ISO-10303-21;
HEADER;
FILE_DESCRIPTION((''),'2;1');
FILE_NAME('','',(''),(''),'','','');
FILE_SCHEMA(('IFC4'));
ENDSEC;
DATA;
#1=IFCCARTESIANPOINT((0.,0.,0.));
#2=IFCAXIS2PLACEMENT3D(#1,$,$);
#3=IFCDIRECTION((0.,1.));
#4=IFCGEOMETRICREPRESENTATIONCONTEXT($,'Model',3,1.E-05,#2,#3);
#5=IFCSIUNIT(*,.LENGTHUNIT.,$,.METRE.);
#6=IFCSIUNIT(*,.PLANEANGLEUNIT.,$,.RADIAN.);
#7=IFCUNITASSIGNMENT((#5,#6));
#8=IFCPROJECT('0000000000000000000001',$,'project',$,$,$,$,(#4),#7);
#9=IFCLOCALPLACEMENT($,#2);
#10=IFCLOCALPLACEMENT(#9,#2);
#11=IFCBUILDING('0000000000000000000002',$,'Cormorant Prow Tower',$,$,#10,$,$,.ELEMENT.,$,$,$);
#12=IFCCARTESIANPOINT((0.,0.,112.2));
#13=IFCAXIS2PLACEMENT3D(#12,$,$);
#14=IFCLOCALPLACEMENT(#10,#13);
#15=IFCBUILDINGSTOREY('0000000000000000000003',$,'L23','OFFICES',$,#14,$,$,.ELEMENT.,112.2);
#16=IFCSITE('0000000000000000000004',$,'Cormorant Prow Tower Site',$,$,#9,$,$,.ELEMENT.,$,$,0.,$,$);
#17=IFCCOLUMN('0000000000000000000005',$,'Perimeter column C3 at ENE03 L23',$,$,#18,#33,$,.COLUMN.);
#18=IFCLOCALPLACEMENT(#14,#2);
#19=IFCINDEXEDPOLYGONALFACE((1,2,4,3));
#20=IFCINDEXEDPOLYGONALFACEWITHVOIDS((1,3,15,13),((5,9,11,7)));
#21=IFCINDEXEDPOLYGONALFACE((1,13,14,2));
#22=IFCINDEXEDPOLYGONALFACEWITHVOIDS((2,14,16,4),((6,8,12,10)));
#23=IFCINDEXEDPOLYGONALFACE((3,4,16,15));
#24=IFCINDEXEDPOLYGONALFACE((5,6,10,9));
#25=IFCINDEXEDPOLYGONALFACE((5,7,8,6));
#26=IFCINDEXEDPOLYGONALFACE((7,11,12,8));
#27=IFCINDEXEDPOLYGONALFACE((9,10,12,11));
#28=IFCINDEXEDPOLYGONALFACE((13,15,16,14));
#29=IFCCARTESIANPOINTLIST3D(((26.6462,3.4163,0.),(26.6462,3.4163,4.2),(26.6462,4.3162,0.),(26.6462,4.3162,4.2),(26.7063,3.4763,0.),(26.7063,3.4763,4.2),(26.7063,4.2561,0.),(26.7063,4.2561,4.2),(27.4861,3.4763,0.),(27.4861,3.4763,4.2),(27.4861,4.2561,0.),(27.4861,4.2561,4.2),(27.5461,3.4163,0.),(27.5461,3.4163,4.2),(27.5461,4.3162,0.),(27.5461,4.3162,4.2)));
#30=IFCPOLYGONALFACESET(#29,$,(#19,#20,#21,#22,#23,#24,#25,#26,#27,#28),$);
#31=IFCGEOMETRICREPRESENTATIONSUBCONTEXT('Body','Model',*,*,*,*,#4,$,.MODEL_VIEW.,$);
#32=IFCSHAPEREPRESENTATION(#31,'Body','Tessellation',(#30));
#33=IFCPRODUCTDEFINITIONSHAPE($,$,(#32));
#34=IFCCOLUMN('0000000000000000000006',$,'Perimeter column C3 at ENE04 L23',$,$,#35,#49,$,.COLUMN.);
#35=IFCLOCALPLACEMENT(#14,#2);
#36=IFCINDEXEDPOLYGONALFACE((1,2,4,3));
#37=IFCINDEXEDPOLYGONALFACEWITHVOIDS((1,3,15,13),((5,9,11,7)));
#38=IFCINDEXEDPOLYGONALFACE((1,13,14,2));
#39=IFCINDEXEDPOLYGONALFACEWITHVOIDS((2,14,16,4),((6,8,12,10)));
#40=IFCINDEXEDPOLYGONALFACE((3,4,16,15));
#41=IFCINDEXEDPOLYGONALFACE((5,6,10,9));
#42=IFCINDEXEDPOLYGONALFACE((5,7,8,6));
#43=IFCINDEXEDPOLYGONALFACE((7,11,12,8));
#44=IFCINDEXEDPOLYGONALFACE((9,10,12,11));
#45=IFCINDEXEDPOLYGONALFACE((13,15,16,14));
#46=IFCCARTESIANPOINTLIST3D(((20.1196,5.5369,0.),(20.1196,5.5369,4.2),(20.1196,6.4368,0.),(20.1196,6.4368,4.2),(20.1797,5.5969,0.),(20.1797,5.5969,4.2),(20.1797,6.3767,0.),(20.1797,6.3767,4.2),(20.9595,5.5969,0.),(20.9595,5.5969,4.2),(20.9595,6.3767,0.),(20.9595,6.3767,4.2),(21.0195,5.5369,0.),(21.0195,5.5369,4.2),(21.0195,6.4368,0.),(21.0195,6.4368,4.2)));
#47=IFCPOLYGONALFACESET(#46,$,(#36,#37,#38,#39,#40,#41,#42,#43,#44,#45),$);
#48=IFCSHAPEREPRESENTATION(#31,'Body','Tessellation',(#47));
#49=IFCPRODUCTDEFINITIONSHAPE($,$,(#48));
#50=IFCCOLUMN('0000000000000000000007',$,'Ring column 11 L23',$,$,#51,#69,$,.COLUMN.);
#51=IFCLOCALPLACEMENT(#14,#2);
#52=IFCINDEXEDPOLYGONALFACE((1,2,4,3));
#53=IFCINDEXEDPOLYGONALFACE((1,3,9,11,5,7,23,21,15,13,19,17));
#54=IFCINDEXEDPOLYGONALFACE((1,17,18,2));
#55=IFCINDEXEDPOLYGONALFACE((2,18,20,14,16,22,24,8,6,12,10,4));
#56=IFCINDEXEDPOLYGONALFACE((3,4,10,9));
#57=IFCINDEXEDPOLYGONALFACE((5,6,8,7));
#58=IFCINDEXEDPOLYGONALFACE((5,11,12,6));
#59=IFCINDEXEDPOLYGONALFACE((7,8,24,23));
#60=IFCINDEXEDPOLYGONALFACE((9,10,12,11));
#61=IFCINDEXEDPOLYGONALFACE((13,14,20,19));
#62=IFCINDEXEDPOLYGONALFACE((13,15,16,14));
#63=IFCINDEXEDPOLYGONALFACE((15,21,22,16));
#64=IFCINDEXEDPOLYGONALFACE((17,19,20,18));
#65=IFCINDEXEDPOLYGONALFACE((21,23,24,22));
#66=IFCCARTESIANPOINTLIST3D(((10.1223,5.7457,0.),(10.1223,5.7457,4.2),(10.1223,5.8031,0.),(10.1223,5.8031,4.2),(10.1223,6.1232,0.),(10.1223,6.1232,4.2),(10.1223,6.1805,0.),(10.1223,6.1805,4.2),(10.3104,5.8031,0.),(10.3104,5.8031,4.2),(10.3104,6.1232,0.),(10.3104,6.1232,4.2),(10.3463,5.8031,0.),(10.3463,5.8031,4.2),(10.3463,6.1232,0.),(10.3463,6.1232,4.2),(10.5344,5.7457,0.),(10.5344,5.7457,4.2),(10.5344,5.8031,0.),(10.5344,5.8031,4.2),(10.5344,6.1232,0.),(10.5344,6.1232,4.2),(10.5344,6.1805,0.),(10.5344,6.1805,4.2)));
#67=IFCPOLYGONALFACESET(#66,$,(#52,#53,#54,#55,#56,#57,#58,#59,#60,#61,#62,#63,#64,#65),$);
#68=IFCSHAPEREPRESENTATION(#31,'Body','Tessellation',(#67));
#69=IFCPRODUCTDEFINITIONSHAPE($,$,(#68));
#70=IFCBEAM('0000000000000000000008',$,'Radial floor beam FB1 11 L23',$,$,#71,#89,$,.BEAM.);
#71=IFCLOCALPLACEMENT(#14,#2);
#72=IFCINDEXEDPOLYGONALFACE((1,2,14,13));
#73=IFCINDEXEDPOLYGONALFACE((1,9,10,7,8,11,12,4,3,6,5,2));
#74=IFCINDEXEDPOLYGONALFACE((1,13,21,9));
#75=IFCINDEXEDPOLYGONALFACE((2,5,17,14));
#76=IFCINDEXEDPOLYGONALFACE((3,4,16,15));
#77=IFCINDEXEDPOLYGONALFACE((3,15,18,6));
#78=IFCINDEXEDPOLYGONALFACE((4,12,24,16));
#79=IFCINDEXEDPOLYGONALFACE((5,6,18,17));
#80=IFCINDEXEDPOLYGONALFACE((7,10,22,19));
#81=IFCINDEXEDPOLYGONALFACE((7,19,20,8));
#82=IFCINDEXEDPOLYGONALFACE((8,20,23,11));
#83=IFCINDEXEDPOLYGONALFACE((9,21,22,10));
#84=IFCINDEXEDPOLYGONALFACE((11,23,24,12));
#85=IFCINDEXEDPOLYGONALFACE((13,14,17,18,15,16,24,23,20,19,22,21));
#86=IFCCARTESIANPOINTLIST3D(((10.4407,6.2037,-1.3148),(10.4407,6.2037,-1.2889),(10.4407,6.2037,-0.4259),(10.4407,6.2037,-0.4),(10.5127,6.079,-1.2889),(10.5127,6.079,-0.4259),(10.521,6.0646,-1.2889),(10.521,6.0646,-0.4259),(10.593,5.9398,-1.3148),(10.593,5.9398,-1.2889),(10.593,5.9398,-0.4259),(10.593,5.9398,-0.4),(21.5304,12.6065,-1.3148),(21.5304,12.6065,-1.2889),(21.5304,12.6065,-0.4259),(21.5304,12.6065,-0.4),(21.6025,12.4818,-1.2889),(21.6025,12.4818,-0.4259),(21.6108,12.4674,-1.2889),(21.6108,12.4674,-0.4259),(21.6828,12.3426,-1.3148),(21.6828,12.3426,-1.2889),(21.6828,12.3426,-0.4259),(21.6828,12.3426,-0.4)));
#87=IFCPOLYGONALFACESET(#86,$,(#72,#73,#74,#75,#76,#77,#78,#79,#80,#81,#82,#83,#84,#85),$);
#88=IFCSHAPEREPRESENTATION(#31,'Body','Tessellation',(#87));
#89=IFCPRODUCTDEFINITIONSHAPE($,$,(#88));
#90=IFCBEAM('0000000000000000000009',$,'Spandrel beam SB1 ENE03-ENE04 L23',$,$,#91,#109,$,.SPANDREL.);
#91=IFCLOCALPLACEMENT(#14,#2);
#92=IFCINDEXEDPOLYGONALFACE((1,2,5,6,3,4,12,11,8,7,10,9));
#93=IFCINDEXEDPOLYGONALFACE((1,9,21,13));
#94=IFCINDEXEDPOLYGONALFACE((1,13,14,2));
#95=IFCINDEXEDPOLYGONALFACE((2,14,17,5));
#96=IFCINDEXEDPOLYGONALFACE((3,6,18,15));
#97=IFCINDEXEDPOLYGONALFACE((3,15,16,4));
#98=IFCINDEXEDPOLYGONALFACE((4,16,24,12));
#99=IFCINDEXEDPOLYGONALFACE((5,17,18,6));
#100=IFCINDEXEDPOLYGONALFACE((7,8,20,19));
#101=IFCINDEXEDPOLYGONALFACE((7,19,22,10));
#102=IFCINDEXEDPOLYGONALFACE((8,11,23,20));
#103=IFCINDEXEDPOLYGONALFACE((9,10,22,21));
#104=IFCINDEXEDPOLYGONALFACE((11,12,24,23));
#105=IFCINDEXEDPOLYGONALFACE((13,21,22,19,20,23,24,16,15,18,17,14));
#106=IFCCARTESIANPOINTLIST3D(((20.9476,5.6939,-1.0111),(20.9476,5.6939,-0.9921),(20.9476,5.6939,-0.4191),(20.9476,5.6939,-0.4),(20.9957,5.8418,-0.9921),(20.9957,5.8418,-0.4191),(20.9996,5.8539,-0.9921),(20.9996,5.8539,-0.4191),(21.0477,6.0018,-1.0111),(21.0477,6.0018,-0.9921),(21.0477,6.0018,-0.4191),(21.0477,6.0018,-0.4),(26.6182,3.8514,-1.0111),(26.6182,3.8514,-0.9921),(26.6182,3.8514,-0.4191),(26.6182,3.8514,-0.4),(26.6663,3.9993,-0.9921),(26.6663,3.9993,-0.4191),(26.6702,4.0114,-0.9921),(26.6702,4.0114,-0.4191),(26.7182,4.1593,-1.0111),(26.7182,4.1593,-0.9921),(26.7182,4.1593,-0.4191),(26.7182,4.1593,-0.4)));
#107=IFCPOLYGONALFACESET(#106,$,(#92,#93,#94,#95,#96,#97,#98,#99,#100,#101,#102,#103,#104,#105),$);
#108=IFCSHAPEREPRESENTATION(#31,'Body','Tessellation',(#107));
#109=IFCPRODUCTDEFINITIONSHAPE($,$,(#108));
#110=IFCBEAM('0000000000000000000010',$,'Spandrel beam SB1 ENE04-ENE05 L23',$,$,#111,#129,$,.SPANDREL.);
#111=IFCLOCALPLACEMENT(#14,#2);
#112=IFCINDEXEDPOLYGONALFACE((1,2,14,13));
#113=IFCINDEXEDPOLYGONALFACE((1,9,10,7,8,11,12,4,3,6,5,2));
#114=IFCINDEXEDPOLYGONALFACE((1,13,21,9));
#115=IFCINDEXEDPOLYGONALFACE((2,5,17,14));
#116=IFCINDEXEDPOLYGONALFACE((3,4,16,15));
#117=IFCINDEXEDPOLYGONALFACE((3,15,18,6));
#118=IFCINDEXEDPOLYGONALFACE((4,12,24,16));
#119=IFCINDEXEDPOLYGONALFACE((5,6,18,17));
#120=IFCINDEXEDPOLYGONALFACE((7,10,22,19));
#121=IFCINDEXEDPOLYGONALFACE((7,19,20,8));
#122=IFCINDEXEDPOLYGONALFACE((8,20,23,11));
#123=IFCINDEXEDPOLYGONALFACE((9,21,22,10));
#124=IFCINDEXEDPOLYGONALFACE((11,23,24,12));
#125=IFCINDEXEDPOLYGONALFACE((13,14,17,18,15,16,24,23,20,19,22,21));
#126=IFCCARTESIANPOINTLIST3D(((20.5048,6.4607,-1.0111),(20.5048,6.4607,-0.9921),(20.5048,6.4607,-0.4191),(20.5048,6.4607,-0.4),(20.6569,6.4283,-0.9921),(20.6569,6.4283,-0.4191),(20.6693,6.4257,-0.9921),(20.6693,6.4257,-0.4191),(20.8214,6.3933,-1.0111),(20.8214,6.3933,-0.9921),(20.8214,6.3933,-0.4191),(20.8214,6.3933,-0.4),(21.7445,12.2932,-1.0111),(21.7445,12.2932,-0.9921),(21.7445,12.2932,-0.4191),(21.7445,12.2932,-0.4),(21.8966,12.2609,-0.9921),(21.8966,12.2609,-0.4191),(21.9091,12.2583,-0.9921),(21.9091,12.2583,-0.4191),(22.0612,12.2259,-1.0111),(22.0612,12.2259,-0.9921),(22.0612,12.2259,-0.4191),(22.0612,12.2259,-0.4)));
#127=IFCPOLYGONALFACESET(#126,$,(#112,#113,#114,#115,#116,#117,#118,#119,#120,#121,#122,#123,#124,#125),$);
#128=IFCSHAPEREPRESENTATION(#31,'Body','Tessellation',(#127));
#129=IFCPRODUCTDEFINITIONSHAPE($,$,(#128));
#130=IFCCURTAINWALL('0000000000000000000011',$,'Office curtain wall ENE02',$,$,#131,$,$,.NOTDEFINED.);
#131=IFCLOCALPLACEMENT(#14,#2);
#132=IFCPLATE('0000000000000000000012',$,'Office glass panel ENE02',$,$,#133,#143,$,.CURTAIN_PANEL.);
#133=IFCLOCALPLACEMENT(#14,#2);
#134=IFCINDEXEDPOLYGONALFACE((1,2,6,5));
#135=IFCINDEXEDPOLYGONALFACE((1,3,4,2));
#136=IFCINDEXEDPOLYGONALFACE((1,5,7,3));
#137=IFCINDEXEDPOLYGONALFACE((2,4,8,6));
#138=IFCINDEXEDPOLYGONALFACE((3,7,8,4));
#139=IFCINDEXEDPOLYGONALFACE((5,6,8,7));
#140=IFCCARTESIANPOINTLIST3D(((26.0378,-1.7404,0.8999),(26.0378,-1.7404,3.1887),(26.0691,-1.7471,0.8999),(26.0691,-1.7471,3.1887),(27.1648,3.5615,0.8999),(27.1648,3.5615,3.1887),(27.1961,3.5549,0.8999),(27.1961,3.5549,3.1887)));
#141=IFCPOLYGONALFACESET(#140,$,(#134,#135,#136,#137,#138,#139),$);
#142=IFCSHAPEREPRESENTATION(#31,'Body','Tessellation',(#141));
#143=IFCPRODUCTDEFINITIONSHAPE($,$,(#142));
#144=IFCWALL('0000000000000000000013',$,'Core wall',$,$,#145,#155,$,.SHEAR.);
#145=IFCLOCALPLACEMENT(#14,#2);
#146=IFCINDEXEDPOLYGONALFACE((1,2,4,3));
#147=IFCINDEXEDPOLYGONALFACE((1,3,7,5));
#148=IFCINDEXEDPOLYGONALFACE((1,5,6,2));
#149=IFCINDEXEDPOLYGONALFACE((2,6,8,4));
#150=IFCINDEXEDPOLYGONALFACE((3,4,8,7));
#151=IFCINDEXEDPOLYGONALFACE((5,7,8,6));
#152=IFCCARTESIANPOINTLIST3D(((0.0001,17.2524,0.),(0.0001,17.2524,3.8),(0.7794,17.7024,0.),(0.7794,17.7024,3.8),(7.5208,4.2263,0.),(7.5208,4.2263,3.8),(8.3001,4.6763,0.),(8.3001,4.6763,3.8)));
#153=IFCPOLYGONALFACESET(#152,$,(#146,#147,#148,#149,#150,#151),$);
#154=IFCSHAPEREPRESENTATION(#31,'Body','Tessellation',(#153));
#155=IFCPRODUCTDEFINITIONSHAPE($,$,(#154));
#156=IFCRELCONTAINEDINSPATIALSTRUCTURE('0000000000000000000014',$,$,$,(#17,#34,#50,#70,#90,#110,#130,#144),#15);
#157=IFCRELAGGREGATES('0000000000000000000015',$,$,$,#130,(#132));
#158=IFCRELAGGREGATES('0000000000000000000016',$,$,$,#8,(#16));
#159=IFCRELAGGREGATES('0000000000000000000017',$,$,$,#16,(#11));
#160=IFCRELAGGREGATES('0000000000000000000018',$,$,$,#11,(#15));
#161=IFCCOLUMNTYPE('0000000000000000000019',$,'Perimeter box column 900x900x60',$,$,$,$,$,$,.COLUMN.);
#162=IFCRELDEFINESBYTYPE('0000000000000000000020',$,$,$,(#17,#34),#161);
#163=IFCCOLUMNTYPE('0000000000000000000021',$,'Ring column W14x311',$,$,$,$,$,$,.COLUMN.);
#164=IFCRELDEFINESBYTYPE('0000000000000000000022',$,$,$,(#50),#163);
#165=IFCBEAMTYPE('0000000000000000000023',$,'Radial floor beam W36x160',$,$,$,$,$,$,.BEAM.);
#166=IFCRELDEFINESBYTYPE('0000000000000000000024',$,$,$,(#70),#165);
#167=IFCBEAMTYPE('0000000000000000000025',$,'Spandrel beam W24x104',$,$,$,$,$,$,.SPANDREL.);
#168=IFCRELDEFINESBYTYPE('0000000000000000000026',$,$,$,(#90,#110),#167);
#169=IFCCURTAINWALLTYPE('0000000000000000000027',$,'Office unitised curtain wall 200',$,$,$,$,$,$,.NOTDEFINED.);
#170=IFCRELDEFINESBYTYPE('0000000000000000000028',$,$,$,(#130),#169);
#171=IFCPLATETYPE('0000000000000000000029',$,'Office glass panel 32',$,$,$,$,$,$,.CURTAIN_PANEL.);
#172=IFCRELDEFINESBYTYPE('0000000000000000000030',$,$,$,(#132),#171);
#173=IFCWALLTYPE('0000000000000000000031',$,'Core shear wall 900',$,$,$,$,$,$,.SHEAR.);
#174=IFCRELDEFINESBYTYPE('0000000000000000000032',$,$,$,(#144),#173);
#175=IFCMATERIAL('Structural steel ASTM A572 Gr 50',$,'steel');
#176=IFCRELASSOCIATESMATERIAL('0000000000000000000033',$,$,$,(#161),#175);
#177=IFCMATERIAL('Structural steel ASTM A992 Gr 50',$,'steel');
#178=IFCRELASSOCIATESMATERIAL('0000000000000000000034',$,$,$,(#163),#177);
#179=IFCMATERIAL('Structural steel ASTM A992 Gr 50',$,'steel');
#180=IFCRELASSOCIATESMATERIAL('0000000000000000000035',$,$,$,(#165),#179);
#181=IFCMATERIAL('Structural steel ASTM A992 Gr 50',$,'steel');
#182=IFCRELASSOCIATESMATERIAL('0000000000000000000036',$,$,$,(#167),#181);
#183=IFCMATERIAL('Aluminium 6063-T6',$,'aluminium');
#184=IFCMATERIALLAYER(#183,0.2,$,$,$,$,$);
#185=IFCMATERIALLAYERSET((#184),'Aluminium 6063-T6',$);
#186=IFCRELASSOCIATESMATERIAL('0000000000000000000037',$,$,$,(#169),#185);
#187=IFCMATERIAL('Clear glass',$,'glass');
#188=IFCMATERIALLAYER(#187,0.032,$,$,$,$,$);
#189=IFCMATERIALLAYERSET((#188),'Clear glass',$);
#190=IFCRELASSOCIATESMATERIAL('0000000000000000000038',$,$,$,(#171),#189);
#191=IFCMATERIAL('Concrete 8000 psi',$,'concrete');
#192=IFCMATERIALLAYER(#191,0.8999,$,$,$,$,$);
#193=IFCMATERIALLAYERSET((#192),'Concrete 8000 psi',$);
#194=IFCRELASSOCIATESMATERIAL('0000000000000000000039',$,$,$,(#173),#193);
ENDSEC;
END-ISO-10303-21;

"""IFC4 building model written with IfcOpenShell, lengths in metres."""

from ifc_helpers import new_model, si_unit, direction, frame, frame_2d, origin, origin_2d, place, context, subcontext, project, spatial, rectangle, hollow_rectangle, i_section, extrude, material, layer, layer_set, material_profile, profile_set, type_object, element, aggregate, save


model = new_model("IFC4")

# Units and contexts
model_context = context("Model", 3, precision=1e-05, world=origin(), true_north=direction((0.0, 1.0)))
body_context = subcontext(model_context, "Body", "Model", "MODEL_VIEW")
ifc_project = project(units=[si_unit("LENGTHUNIT", "METRE"), si_unit("PLANEANGLEUNIT", "RADIAN")], contexts=[model_context])

# Site, building, storey
site_placement = place(None, origin())
site = spatial("IfcSite", under=ifc_project, at=site_placement, Name="Cormorant Prow Tower Site", CompositionType="ELEMENT", RefElevation=0.0)
building_placement = place(site_placement, origin())
building = spatial("IfcBuilding", under=site, at=building_placement, Name="Cormorant Prow Tower", CompositionType="ELEMENT")
storey_placement = place(building_placement, frame((0.0, 0.0, 112.2)))
storey = spatial("IfcBuildingStorey", under=building, at=storey_placement, Name="L23", Description="OFFICES", CompositionType="ELEMENT", Elevation=112.2)

# Columns
ifc_material_1 = material(Name="Structural steel ASTM A572 Gr 50", Category="steel")
ifc_material_profile_1 = material_profile(ifc_material_1, hollow_rectangle(XDim=0.8999, YDim=0.8999, WallThickness=0.0601, at=origin_2d()), Name="Box 900x900x60")
ifc_profile_set_1 = profile_set([ifc_material_profile_1], Name="Structural steel ASTM A572 Gr 50")
column_type_1 = type_object("IfcColumnType", Name="Perimeter box column 900x900x60", PredefinedType="COLUMN", material=ifc_profile_set_1)
for number, where, z_axis, x_axis, name in (
    (1, (27.0962, 3.8662, 0.0), (0.0, 0.0, 1.0), (1.0, 0.0, 0.0), "Perimeter column C3 at ENE03 L23"),
    (2, (20.5696, 5.9868, 0.0), (0.0, 0.0, 1.0), (1.0, 0.0, 0.0), "Perimeter column C3 at ENE04 L23"),
):
    element("IfcColumn", number, at=place(storey_placement, frame(where, z_axis=z_axis, x_axis=x_axis)), inside=storey, type_object=column_type_1, Name=name, PredefinedType="COLUMN", context=body_context, shape_type="SweptSolid", body=[
        extrude(hollow_rectangle(XDim=0.8999, YDim=0.8999, WallThickness=0.0601, at=origin_2d()), origin(), (0.0, 0.0, 1.0), 4.2),
    ])
ifc_material_2 = material(Name="Structural steel ASTM A992 Gr 50", Category="steel")
ifc_material_profile_2 = material_profile(ifc_material_2, i_section(OverallWidth=0.4121, OverallDepth=0.4348, WebThickness=0.0359, FlangeThickness=0.0574, at=origin_2d()), Name="W14x311")
ifc_profile_set_2 = profile_set([ifc_material_profile_2], Name="Structural steel ASTM A992 Gr 50")
column_type_2 = type_object("IfcColumnType", Name="Ring column W14x311", PredefinedType="COLUMN", material=ifc_profile_set_2)
column_placement = place(storey_placement, frame((10.3284, 5.9631, 0.0), z_axis=(0.0, 0.0, 1.0), x_axis=(1.0, 0.0, 0.0)))
element("IfcColumn", 3, at=column_placement, inside=storey, type_object=column_type_2, Name="Ring column 11 L23", PredefinedType="COLUMN", context=body_context, shape_type="SweptSolid", body=[
    extrude(i_section(OverallWidth=0.4121, OverallDepth=0.4348, WebThickness=0.0359, FlangeThickness=0.0574, at=origin_2d()), origin(), (0.0, 0.0, 1.0), 4.2),
])

# Beams
ifc_material_3 = material(Name="Structural steel ASTM A992 Gr 50", Category="steel")
ifc_material_profile_3 = material_profile(ifc_material_3, i_section(OverallWidth=0.3047, OverallDepth=0.9148, WebThickness=0.0166, FlangeThickness=0.0259, at=origin_2d()), Name="W36x160")
ifc_profile_set_3 = profile_set([ifc_material_profile_3], Name="Structural steel ASTM A992 Gr 50")
beam_type_1 = type_object("IfcBeamType", Name="Radial floor beam W36x160", PredefinedType="BEAM", material=ifc_profile_set_3)
beam_1_placement = place(storey_placement, frame((10.5168, 6.0718, -0.8574), z_axis=(0.866022, 0.500006, 0.0), x_axis=(-0.500006, 0.866022, 0.0)))
element("IfcBeam", 4, at=beam_1_placement, inside=storey, type_object=beam_type_1, Name="Radial floor beam FB1 11 L23", PredefinedType="BEAM", context=body_context, shape_type="SweptSolid", body=[
    extrude(i_section(OverallWidth=0.3047, OverallDepth=0.9148, WebThickness=0.0166, FlangeThickness=0.0259, at=origin_2d()), origin(), (0.0, 0.0, 1.0), 12.8054),
])
ifc_material_4 = material(Name="Structural steel ASTM A992 Gr 50", Category="steel")
ifc_material_profile_4 = material_profile(ifc_material_4, i_section(OverallWidth=0.3237, OverallDepth=0.6111, WebThickness=0.0127, FlangeThickness=0.019, at=origin_2d()), Name="W24x104")
ifc_profile_set_4 = profile_set([ifc_material_profile_4], Name="Structural steel ASTM A992 Gr 50")
beam_type_2 = type_object("IfcBeamType", Name="Spandrel beam W24x104", PredefinedType="SPANDREL", material=ifc_profile_set_4)
beam_2_placement = place(storey_placement, frame((26.6682, 4.0054, -0.7056), z_axis=(-0.951055, 0.30902, 0.0), x_axis=(-0.30902, -0.951055, 0.0)))
element("IfcBeam", 5, at=beam_2_placement, inside=storey, type_object=beam_type_2, Name="Spandrel beam SB1 ENE03-ENE04 L23", PredefinedType="SPANDREL", context=body_context, shape_type="SweptSolid", body=[
    extrude(i_section(OverallWidth=0.3237, OverallDepth=0.6111, WebThickness=0.0127, FlangeThickness=0.019, at=origin_2d()), origin(), (0.0, 0.0, 1.0), 5.9624),
])
beam_3_placement = place(storey_placement, frame((20.6631, 6.427, -0.7056), z_axis=(0.207913, 0.978147, 0.0), x_axis=(-0.978147, 0.207913, 0.0)))
element("IfcBeam", 6, at=beam_3_placement, inside=storey, type_object=beam_type_2, Name="Spandrel beam SB1 ENE04-ENE05 L23", PredefinedType="SPANDREL", context=body_context, shape_type="SweptSolid", body=[
    extrude(i_section(OverallWidth=0.3237, OverallDepth=0.6111, WebThickness=0.0127, FlangeThickness=0.019, at=origin_2d()), origin(), (0.0, 0.0, 1.0), 5.9629),
])

# Curtain wall, plate
ifc_material_5 = material(Name="Aluminium 6063-T6", Category="aluminium")
ifc_layer_1 = layer(ifc_material_5, 0.2)
ifc_layer_set_1 = layer_set([ifc_layer_1], Name="Aluminium 6063-T6")
curtain_wall_type = type_object("IfcCurtainWallType", Name="Office unitised curtain wall 200", PredefinedType="NOTDEFINED", material=ifc_layer_set_1)
curtain_wall_placement = place(storey_placement, origin())
curtain_wall = element("IfcCurtainWall", 7, at=curtain_wall_placement, inside=storey, type_object=curtain_wall_type, Name="Office curtain wall ENE02", PredefinedType="NOTDEFINED")
ifc_material_6 = material(Name="Clear glass", Category="glass")
ifc_layer_2 = layer(ifc_material_6, 0.032)
ifc_layer_set_2 = layer_set([ifc_layer_2], Name="Clear glass")
plate_type = type_object("IfcPlateType", Name="Office glass panel 32", PredefinedType="CURTAIN_PANEL", material=ifc_layer_set_2)
plate_placement = place(storey_placement, frame((26.6169, 0.9072, 0.8999), z_axis=(0.0, 0.0, 1.0), x_axis=(0.207912, 0.978148, 0.0)))
plate = element("IfcPlate", 8, at=plate_placement, type_object=plate_type, Name="Office glass panel ENE02", PredefinedType="CURTAIN_PANEL", context=body_context, shape_type="SweptSolid", body=[
    extrude(rectangle(XDim=5.4204, YDim=0.032, at=origin_2d()), origin(), (0.0, 0.0, 1.0), 2.2888),
])
aggregate(curtain_wall, [plate])

# Wall
ifc_material_7 = material(Name="Concrete 8000 psi", Category="concrete")
ifc_layer_3 = layer(ifc_material_7, 0.8999)
ifc_layer_set_3 = layer_set([ifc_layer_3], Name="Concrete 8000 psi")
wall_type_1 = type_object("IfcWallType", Name="Core shear wall 900", PredefinedType="SHEAR", material=ifc_layer_set_3)
wall_1_placement = place(storey_placement, frame((7.9104, 4.4514, 0.0), z_axis=(0.0, 0.0, 1.0), x_axis=(-0.500006, 0.866022, 0.0)))
element("IfcWall", 9, at=wall_1_placement, inside=storey, type_object=wall_type_1, Name="Core wall", PredefinedType="SHEAR", context=body_context, shape_type="SweptSolid", body=[
    extrude(rectangle(XDim=15.0413, YDim=0.8999, at=frame_2d((7.5205, 0.0))), origin(), (0.0, 0.0, 1.0), 3.8),
])

save(model, "model.ifc")
